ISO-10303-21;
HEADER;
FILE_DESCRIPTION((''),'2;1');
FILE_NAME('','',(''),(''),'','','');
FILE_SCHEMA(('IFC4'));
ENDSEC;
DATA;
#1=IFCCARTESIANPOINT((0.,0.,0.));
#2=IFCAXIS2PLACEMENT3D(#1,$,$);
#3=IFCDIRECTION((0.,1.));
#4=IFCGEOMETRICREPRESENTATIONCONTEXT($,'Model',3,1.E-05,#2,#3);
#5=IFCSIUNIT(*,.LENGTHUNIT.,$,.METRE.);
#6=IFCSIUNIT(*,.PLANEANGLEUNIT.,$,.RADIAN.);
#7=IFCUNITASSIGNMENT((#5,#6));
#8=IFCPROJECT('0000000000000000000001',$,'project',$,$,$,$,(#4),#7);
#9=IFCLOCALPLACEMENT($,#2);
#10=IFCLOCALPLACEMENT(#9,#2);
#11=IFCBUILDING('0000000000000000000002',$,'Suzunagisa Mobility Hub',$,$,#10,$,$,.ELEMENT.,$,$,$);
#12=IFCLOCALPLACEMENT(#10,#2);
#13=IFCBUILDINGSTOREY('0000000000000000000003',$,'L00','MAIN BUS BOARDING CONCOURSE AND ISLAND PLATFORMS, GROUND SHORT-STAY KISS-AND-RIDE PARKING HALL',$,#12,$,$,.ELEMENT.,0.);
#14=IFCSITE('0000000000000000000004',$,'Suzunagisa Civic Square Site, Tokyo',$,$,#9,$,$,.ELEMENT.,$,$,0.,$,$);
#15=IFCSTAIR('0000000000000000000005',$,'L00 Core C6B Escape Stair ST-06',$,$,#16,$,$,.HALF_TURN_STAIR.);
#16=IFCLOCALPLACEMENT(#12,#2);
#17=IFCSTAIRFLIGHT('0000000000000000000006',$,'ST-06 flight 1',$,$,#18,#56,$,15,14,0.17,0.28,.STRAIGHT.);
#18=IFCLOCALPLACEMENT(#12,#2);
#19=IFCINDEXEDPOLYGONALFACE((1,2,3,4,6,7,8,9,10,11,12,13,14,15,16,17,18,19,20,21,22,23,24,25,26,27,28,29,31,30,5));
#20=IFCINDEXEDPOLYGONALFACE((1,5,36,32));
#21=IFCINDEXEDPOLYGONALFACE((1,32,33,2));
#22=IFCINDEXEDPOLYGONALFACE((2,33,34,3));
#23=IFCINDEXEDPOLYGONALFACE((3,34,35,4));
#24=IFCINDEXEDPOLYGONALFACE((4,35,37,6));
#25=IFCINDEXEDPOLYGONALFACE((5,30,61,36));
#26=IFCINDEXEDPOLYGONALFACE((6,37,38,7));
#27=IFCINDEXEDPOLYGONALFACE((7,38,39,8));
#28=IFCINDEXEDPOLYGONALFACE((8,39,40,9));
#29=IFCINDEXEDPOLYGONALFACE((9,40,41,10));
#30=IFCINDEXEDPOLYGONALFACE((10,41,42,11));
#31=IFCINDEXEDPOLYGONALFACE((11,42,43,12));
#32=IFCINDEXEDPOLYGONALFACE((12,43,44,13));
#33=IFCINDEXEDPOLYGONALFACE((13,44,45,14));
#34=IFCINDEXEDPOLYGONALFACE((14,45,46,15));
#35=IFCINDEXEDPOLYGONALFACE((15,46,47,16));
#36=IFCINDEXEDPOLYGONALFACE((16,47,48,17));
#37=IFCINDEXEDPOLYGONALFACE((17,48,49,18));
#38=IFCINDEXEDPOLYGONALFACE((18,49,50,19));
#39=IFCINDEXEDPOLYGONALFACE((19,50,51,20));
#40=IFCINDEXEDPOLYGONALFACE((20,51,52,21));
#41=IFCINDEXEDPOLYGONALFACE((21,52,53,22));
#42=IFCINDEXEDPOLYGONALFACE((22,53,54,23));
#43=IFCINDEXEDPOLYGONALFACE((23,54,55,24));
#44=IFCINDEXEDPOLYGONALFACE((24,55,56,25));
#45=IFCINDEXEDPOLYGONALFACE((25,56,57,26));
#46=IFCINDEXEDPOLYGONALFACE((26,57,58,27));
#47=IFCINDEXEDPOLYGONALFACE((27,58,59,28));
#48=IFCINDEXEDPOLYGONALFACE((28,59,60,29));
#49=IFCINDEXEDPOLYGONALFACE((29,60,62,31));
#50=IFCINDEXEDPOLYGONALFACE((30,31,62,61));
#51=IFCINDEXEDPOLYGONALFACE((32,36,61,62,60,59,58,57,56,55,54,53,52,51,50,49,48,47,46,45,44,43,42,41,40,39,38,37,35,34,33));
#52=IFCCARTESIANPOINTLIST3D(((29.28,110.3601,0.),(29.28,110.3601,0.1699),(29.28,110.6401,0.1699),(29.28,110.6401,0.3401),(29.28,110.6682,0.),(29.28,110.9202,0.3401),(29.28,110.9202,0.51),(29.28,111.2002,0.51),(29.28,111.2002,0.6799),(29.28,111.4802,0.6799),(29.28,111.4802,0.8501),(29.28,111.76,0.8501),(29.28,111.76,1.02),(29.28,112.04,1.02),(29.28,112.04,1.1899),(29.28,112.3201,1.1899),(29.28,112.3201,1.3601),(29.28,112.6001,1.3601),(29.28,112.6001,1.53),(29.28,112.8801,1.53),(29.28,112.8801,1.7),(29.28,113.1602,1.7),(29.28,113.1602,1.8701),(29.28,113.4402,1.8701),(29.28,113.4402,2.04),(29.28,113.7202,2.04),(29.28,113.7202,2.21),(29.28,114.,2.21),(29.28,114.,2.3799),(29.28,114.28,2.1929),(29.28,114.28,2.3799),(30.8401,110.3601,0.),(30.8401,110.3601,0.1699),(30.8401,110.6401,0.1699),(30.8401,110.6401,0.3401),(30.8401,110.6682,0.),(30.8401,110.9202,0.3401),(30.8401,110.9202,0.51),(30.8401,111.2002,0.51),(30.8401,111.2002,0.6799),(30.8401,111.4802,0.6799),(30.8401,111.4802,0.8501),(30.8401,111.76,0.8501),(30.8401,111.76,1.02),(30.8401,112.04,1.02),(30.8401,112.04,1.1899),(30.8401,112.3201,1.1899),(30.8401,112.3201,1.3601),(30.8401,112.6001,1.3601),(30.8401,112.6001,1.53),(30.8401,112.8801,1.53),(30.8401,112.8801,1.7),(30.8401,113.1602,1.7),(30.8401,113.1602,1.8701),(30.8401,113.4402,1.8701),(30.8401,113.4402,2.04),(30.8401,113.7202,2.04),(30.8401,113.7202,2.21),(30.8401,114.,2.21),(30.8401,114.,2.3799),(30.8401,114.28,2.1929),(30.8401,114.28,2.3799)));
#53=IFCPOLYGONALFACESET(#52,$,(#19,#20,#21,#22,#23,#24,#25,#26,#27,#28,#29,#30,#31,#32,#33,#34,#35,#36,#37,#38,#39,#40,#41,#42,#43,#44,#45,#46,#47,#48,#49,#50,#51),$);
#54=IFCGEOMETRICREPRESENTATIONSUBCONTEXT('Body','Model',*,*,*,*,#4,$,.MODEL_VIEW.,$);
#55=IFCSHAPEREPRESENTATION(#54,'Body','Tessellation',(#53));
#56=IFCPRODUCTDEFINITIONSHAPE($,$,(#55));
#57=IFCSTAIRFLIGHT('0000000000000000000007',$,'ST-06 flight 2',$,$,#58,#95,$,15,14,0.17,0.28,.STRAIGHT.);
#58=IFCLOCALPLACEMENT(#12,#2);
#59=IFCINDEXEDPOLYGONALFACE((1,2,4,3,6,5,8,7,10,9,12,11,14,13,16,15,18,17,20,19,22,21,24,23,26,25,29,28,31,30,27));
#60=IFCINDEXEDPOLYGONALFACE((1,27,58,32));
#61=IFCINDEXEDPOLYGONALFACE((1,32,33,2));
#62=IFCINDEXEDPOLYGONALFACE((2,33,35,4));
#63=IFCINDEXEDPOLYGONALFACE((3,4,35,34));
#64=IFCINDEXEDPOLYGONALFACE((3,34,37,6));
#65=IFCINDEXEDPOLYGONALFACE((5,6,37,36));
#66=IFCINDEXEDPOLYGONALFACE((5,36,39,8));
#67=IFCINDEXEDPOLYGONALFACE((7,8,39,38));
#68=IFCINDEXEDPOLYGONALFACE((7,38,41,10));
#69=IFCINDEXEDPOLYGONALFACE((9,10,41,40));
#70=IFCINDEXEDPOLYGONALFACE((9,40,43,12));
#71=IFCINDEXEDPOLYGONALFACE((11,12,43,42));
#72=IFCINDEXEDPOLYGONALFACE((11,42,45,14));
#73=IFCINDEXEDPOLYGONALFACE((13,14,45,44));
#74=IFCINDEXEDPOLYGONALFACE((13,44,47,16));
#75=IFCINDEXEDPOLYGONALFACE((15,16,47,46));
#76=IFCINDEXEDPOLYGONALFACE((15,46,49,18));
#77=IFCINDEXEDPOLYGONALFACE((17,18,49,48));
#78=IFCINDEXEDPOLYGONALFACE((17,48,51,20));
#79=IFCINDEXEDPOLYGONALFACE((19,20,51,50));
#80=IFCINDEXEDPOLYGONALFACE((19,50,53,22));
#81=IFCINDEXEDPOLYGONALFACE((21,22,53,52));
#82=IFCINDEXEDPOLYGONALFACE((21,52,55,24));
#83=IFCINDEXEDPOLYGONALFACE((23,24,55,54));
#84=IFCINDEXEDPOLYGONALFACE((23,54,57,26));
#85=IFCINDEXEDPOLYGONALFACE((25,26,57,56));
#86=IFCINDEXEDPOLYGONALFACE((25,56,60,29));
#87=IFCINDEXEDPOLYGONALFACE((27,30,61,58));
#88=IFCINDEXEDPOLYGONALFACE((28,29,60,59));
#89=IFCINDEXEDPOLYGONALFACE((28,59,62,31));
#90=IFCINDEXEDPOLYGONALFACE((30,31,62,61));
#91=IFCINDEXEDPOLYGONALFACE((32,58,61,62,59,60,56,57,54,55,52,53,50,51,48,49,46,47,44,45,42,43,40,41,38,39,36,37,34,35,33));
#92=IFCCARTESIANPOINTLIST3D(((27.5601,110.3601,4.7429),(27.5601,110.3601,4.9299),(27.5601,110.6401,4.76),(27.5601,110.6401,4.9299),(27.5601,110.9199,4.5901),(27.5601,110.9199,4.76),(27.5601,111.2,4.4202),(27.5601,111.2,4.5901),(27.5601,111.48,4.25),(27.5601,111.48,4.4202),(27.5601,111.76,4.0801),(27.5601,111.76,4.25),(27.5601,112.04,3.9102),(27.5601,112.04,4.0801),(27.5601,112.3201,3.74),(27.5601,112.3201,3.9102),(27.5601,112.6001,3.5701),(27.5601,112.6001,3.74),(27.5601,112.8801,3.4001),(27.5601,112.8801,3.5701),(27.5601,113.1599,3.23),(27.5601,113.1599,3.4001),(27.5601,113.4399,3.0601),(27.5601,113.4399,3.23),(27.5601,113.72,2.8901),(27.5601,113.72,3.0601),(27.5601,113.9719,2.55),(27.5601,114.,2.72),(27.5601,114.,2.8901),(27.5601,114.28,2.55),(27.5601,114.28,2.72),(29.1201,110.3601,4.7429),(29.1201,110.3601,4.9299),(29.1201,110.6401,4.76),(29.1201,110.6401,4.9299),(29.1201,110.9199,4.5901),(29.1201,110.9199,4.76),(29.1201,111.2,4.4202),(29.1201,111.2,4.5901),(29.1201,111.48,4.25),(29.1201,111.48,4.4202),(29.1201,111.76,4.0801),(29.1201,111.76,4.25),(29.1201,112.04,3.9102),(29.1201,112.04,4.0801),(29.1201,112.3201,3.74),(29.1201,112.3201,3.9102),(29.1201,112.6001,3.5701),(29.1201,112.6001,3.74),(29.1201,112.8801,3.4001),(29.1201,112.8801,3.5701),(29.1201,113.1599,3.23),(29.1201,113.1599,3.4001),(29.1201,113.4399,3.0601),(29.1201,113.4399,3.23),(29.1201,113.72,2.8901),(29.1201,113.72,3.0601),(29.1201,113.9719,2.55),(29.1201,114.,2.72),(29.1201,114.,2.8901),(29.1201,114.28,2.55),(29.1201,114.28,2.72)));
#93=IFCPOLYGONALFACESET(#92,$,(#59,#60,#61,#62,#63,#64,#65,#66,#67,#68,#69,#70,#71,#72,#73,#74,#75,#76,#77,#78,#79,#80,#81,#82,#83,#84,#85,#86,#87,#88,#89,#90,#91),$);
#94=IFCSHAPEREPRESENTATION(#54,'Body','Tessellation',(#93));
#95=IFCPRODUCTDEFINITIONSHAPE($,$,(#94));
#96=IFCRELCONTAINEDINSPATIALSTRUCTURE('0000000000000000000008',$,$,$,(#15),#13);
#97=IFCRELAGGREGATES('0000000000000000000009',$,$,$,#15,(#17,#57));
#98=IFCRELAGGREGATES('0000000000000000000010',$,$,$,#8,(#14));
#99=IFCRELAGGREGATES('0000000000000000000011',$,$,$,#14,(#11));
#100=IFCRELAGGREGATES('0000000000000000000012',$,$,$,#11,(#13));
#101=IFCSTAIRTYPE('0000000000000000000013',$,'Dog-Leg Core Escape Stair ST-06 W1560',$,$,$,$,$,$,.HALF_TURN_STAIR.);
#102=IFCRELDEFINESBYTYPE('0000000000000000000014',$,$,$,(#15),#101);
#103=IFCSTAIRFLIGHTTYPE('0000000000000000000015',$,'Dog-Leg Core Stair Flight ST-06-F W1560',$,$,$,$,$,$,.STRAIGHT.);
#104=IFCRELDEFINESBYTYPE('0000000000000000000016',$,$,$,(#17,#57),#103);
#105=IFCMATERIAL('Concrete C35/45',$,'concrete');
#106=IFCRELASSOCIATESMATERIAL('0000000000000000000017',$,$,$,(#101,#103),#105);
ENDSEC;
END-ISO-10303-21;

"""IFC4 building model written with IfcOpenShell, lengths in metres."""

from ifc_helpers import new_model, si_unit, direction, frame, origin, place, context, subcontext, project, spatial, polyline, outline, extrude, material, type_object, element, aggregate, save


model = new_model("IFC4")

# Units and contexts
model_context = context("Model", 3, precision=1e-05, world=origin(), true_north=direction((0.0, 1.0)))
body_context = subcontext(model_context, "Body", "Model", "MODEL_VIEW")
ifc_project = project(units=[si_unit("LENGTHUNIT", "METRE"), si_unit("PLANEANGLEUNIT", "RADIAN")], contexts=[model_context])

# Site, building, storey
site_placement = place(None, origin())
site = spatial("IfcSite", under=ifc_project, at=site_placement, Name="Suzunagisa Civic Square Site, Tokyo", CompositionType="ELEMENT", RefElevation=0.0)
building_placement = place(site_placement, origin())
building = spatial("IfcBuilding", under=site, at=building_placement, Name="Suzunagisa Mobility Hub", CompositionType="ELEMENT")
storey_placement = place(building_placement, origin())
storey = spatial("IfcBuildingStorey", under=building, at=storey_placement, Name="L00", Description="MAIN BUS BOARDING CONCOURSE AND ISLAND PLATFORMS, GROUND SHORT-STAY KISS-AND-RIDE PARKING HALL", CompositionType="ELEMENT", Elevation=0.0)

# Shared definitions
ifc_material_1 = material(Name="Concrete C35/45", Category="concrete")

# Stair, stair flights
stair_type = type_object("IfcStairType", Name="Dog-Leg Core Escape Stair ST-06 W1560", PredefinedType="HALF_TURN_STAIR", material=ifc_material_1)
stair_placement = place(storey_placement, origin())
stair = element("IfcStair", 1, at=stair_placement, inside=storey, type_object=stair_type, Name="L00 Core C6B Escape Stair ST-06", PredefinedType="HALF_TURN_STAIR")
stair_flight_type = type_object("IfcStairFlightType", Name="Dog-Leg Core Stair Flight ST-06-F W1560", PredefinedType="STRAIGHT", material=ifc_material_1)
stair_flight_1_placement = place(storey_placement, frame((30.0601, 110.3601, 0.0), z_axis=(0.0, 0.0, 1.0), x_axis=(0.0, 1.0, 0.0)))
stair_flight_1 = element("IfcStairFlight", 2, at=stair_flight_1_placement, type_object=stair_flight_type, Name="ST-06 flight 1", NumberOfRisers=15, NumberOfTreads=14, PredefinedType="STRAIGHT", RiserHeight=0.17, TreadLength=0.28, context=body_context, shape_type="SweptSolid", body=[
    extrude(outline(polyline([(0.0, 0.0), (0.0, 0.1699), (0.28, 0.1699), (0.28, 0.3401), (0.5601, 0.3401), (0.5601, 0.51), (0.8401, 0.51), (0.8401, 0.6799), (1.1201, 0.6799), (1.1201, 0.8501), (1.3999, 0.8501), (1.3999, 1.02), (1.6799, 1.02), (1.6799, 1.1899), (1.96, 1.1899), (1.96, 1.3601), (2.24, 1.3601), (2.24, 1.53), (2.52, 1.53), (2.52, 1.7), (2.8, 1.7), (2.8, 1.8701), (3.0801, 1.8701), (3.0801, 2.04), (3.3601, 2.04), (3.3601, 2.21), (3.6399, 2.21), (3.6399, 2.3799), (3.9199, 2.3799), (3.9199, 2.55), (3.9199, 2.1929), (0.3081, 0.0), (0.0, 0.0)])), frame((0.0, 0.78, 0.0), z_axis=(0.0, -1.0, 0.0), x_axis=(1.0, 0.0, 0.0)), (0.0, 0.0, 1.0), 1.5601),
])
stair_flight_2_placement = place(storey_placement, frame((28.3401, 114.28, 2.55), z_axis=(0.0, 0.0, 1.0), x_axis=(0.0, -1.0, 0.0)))
stair_flight_2 = element("IfcStairFlight", 3, at=stair_flight_2_placement, type_object=stair_flight_type, Name="ST-06 flight 2", NumberOfRisers=15, NumberOfTreads=14, PredefinedType="STRAIGHT", RiserHeight=0.17, TreadLength=0.28, context=body_context, shape_type="SweptSolid", body=[
    extrude(outline(polyline([(0.0, 0.0), (0.0, 0.1699), (0.28, 0.1699), (0.28, 0.3401), (0.5601, 0.3401), (0.5601, 0.51), (0.8401, 0.51), (0.8401, 0.6799), (1.1201, 0.6799), (1.1201, 0.8501), (1.3999, 0.8501), (1.3999, 1.02), (1.6799, 1.02), (1.6799, 1.1899), (1.96, 1.1899), (1.96, 1.3601), (2.24, 1.3601), (2.24, 1.53), (2.52, 1.53), (2.52, 1.7), (2.8, 1.7), (2.8, 1.8701), (3.0801, 1.8701), (3.0801, 2.04), (3.3601, 2.04), (3.3601, 2.21), (3.6399, 2.21), (3.6399, 2.3799), (3.9199, 2.3799), (3.9199, 2.55), (3.9199, 2.1929), (0.3081, 0.0), (0.0, 0.0)])), frame((0.0, 0.78, 0.0), z_axis=(0.0, -1.0, 0.0), x_axis=(1.0, 0.0, 0.0)), (0.0, 0.0, 1.0), 1.5601),
])
aggregate(stair, [stair_flight_1, stair_flight_2])

save(model, "model.ifc")
